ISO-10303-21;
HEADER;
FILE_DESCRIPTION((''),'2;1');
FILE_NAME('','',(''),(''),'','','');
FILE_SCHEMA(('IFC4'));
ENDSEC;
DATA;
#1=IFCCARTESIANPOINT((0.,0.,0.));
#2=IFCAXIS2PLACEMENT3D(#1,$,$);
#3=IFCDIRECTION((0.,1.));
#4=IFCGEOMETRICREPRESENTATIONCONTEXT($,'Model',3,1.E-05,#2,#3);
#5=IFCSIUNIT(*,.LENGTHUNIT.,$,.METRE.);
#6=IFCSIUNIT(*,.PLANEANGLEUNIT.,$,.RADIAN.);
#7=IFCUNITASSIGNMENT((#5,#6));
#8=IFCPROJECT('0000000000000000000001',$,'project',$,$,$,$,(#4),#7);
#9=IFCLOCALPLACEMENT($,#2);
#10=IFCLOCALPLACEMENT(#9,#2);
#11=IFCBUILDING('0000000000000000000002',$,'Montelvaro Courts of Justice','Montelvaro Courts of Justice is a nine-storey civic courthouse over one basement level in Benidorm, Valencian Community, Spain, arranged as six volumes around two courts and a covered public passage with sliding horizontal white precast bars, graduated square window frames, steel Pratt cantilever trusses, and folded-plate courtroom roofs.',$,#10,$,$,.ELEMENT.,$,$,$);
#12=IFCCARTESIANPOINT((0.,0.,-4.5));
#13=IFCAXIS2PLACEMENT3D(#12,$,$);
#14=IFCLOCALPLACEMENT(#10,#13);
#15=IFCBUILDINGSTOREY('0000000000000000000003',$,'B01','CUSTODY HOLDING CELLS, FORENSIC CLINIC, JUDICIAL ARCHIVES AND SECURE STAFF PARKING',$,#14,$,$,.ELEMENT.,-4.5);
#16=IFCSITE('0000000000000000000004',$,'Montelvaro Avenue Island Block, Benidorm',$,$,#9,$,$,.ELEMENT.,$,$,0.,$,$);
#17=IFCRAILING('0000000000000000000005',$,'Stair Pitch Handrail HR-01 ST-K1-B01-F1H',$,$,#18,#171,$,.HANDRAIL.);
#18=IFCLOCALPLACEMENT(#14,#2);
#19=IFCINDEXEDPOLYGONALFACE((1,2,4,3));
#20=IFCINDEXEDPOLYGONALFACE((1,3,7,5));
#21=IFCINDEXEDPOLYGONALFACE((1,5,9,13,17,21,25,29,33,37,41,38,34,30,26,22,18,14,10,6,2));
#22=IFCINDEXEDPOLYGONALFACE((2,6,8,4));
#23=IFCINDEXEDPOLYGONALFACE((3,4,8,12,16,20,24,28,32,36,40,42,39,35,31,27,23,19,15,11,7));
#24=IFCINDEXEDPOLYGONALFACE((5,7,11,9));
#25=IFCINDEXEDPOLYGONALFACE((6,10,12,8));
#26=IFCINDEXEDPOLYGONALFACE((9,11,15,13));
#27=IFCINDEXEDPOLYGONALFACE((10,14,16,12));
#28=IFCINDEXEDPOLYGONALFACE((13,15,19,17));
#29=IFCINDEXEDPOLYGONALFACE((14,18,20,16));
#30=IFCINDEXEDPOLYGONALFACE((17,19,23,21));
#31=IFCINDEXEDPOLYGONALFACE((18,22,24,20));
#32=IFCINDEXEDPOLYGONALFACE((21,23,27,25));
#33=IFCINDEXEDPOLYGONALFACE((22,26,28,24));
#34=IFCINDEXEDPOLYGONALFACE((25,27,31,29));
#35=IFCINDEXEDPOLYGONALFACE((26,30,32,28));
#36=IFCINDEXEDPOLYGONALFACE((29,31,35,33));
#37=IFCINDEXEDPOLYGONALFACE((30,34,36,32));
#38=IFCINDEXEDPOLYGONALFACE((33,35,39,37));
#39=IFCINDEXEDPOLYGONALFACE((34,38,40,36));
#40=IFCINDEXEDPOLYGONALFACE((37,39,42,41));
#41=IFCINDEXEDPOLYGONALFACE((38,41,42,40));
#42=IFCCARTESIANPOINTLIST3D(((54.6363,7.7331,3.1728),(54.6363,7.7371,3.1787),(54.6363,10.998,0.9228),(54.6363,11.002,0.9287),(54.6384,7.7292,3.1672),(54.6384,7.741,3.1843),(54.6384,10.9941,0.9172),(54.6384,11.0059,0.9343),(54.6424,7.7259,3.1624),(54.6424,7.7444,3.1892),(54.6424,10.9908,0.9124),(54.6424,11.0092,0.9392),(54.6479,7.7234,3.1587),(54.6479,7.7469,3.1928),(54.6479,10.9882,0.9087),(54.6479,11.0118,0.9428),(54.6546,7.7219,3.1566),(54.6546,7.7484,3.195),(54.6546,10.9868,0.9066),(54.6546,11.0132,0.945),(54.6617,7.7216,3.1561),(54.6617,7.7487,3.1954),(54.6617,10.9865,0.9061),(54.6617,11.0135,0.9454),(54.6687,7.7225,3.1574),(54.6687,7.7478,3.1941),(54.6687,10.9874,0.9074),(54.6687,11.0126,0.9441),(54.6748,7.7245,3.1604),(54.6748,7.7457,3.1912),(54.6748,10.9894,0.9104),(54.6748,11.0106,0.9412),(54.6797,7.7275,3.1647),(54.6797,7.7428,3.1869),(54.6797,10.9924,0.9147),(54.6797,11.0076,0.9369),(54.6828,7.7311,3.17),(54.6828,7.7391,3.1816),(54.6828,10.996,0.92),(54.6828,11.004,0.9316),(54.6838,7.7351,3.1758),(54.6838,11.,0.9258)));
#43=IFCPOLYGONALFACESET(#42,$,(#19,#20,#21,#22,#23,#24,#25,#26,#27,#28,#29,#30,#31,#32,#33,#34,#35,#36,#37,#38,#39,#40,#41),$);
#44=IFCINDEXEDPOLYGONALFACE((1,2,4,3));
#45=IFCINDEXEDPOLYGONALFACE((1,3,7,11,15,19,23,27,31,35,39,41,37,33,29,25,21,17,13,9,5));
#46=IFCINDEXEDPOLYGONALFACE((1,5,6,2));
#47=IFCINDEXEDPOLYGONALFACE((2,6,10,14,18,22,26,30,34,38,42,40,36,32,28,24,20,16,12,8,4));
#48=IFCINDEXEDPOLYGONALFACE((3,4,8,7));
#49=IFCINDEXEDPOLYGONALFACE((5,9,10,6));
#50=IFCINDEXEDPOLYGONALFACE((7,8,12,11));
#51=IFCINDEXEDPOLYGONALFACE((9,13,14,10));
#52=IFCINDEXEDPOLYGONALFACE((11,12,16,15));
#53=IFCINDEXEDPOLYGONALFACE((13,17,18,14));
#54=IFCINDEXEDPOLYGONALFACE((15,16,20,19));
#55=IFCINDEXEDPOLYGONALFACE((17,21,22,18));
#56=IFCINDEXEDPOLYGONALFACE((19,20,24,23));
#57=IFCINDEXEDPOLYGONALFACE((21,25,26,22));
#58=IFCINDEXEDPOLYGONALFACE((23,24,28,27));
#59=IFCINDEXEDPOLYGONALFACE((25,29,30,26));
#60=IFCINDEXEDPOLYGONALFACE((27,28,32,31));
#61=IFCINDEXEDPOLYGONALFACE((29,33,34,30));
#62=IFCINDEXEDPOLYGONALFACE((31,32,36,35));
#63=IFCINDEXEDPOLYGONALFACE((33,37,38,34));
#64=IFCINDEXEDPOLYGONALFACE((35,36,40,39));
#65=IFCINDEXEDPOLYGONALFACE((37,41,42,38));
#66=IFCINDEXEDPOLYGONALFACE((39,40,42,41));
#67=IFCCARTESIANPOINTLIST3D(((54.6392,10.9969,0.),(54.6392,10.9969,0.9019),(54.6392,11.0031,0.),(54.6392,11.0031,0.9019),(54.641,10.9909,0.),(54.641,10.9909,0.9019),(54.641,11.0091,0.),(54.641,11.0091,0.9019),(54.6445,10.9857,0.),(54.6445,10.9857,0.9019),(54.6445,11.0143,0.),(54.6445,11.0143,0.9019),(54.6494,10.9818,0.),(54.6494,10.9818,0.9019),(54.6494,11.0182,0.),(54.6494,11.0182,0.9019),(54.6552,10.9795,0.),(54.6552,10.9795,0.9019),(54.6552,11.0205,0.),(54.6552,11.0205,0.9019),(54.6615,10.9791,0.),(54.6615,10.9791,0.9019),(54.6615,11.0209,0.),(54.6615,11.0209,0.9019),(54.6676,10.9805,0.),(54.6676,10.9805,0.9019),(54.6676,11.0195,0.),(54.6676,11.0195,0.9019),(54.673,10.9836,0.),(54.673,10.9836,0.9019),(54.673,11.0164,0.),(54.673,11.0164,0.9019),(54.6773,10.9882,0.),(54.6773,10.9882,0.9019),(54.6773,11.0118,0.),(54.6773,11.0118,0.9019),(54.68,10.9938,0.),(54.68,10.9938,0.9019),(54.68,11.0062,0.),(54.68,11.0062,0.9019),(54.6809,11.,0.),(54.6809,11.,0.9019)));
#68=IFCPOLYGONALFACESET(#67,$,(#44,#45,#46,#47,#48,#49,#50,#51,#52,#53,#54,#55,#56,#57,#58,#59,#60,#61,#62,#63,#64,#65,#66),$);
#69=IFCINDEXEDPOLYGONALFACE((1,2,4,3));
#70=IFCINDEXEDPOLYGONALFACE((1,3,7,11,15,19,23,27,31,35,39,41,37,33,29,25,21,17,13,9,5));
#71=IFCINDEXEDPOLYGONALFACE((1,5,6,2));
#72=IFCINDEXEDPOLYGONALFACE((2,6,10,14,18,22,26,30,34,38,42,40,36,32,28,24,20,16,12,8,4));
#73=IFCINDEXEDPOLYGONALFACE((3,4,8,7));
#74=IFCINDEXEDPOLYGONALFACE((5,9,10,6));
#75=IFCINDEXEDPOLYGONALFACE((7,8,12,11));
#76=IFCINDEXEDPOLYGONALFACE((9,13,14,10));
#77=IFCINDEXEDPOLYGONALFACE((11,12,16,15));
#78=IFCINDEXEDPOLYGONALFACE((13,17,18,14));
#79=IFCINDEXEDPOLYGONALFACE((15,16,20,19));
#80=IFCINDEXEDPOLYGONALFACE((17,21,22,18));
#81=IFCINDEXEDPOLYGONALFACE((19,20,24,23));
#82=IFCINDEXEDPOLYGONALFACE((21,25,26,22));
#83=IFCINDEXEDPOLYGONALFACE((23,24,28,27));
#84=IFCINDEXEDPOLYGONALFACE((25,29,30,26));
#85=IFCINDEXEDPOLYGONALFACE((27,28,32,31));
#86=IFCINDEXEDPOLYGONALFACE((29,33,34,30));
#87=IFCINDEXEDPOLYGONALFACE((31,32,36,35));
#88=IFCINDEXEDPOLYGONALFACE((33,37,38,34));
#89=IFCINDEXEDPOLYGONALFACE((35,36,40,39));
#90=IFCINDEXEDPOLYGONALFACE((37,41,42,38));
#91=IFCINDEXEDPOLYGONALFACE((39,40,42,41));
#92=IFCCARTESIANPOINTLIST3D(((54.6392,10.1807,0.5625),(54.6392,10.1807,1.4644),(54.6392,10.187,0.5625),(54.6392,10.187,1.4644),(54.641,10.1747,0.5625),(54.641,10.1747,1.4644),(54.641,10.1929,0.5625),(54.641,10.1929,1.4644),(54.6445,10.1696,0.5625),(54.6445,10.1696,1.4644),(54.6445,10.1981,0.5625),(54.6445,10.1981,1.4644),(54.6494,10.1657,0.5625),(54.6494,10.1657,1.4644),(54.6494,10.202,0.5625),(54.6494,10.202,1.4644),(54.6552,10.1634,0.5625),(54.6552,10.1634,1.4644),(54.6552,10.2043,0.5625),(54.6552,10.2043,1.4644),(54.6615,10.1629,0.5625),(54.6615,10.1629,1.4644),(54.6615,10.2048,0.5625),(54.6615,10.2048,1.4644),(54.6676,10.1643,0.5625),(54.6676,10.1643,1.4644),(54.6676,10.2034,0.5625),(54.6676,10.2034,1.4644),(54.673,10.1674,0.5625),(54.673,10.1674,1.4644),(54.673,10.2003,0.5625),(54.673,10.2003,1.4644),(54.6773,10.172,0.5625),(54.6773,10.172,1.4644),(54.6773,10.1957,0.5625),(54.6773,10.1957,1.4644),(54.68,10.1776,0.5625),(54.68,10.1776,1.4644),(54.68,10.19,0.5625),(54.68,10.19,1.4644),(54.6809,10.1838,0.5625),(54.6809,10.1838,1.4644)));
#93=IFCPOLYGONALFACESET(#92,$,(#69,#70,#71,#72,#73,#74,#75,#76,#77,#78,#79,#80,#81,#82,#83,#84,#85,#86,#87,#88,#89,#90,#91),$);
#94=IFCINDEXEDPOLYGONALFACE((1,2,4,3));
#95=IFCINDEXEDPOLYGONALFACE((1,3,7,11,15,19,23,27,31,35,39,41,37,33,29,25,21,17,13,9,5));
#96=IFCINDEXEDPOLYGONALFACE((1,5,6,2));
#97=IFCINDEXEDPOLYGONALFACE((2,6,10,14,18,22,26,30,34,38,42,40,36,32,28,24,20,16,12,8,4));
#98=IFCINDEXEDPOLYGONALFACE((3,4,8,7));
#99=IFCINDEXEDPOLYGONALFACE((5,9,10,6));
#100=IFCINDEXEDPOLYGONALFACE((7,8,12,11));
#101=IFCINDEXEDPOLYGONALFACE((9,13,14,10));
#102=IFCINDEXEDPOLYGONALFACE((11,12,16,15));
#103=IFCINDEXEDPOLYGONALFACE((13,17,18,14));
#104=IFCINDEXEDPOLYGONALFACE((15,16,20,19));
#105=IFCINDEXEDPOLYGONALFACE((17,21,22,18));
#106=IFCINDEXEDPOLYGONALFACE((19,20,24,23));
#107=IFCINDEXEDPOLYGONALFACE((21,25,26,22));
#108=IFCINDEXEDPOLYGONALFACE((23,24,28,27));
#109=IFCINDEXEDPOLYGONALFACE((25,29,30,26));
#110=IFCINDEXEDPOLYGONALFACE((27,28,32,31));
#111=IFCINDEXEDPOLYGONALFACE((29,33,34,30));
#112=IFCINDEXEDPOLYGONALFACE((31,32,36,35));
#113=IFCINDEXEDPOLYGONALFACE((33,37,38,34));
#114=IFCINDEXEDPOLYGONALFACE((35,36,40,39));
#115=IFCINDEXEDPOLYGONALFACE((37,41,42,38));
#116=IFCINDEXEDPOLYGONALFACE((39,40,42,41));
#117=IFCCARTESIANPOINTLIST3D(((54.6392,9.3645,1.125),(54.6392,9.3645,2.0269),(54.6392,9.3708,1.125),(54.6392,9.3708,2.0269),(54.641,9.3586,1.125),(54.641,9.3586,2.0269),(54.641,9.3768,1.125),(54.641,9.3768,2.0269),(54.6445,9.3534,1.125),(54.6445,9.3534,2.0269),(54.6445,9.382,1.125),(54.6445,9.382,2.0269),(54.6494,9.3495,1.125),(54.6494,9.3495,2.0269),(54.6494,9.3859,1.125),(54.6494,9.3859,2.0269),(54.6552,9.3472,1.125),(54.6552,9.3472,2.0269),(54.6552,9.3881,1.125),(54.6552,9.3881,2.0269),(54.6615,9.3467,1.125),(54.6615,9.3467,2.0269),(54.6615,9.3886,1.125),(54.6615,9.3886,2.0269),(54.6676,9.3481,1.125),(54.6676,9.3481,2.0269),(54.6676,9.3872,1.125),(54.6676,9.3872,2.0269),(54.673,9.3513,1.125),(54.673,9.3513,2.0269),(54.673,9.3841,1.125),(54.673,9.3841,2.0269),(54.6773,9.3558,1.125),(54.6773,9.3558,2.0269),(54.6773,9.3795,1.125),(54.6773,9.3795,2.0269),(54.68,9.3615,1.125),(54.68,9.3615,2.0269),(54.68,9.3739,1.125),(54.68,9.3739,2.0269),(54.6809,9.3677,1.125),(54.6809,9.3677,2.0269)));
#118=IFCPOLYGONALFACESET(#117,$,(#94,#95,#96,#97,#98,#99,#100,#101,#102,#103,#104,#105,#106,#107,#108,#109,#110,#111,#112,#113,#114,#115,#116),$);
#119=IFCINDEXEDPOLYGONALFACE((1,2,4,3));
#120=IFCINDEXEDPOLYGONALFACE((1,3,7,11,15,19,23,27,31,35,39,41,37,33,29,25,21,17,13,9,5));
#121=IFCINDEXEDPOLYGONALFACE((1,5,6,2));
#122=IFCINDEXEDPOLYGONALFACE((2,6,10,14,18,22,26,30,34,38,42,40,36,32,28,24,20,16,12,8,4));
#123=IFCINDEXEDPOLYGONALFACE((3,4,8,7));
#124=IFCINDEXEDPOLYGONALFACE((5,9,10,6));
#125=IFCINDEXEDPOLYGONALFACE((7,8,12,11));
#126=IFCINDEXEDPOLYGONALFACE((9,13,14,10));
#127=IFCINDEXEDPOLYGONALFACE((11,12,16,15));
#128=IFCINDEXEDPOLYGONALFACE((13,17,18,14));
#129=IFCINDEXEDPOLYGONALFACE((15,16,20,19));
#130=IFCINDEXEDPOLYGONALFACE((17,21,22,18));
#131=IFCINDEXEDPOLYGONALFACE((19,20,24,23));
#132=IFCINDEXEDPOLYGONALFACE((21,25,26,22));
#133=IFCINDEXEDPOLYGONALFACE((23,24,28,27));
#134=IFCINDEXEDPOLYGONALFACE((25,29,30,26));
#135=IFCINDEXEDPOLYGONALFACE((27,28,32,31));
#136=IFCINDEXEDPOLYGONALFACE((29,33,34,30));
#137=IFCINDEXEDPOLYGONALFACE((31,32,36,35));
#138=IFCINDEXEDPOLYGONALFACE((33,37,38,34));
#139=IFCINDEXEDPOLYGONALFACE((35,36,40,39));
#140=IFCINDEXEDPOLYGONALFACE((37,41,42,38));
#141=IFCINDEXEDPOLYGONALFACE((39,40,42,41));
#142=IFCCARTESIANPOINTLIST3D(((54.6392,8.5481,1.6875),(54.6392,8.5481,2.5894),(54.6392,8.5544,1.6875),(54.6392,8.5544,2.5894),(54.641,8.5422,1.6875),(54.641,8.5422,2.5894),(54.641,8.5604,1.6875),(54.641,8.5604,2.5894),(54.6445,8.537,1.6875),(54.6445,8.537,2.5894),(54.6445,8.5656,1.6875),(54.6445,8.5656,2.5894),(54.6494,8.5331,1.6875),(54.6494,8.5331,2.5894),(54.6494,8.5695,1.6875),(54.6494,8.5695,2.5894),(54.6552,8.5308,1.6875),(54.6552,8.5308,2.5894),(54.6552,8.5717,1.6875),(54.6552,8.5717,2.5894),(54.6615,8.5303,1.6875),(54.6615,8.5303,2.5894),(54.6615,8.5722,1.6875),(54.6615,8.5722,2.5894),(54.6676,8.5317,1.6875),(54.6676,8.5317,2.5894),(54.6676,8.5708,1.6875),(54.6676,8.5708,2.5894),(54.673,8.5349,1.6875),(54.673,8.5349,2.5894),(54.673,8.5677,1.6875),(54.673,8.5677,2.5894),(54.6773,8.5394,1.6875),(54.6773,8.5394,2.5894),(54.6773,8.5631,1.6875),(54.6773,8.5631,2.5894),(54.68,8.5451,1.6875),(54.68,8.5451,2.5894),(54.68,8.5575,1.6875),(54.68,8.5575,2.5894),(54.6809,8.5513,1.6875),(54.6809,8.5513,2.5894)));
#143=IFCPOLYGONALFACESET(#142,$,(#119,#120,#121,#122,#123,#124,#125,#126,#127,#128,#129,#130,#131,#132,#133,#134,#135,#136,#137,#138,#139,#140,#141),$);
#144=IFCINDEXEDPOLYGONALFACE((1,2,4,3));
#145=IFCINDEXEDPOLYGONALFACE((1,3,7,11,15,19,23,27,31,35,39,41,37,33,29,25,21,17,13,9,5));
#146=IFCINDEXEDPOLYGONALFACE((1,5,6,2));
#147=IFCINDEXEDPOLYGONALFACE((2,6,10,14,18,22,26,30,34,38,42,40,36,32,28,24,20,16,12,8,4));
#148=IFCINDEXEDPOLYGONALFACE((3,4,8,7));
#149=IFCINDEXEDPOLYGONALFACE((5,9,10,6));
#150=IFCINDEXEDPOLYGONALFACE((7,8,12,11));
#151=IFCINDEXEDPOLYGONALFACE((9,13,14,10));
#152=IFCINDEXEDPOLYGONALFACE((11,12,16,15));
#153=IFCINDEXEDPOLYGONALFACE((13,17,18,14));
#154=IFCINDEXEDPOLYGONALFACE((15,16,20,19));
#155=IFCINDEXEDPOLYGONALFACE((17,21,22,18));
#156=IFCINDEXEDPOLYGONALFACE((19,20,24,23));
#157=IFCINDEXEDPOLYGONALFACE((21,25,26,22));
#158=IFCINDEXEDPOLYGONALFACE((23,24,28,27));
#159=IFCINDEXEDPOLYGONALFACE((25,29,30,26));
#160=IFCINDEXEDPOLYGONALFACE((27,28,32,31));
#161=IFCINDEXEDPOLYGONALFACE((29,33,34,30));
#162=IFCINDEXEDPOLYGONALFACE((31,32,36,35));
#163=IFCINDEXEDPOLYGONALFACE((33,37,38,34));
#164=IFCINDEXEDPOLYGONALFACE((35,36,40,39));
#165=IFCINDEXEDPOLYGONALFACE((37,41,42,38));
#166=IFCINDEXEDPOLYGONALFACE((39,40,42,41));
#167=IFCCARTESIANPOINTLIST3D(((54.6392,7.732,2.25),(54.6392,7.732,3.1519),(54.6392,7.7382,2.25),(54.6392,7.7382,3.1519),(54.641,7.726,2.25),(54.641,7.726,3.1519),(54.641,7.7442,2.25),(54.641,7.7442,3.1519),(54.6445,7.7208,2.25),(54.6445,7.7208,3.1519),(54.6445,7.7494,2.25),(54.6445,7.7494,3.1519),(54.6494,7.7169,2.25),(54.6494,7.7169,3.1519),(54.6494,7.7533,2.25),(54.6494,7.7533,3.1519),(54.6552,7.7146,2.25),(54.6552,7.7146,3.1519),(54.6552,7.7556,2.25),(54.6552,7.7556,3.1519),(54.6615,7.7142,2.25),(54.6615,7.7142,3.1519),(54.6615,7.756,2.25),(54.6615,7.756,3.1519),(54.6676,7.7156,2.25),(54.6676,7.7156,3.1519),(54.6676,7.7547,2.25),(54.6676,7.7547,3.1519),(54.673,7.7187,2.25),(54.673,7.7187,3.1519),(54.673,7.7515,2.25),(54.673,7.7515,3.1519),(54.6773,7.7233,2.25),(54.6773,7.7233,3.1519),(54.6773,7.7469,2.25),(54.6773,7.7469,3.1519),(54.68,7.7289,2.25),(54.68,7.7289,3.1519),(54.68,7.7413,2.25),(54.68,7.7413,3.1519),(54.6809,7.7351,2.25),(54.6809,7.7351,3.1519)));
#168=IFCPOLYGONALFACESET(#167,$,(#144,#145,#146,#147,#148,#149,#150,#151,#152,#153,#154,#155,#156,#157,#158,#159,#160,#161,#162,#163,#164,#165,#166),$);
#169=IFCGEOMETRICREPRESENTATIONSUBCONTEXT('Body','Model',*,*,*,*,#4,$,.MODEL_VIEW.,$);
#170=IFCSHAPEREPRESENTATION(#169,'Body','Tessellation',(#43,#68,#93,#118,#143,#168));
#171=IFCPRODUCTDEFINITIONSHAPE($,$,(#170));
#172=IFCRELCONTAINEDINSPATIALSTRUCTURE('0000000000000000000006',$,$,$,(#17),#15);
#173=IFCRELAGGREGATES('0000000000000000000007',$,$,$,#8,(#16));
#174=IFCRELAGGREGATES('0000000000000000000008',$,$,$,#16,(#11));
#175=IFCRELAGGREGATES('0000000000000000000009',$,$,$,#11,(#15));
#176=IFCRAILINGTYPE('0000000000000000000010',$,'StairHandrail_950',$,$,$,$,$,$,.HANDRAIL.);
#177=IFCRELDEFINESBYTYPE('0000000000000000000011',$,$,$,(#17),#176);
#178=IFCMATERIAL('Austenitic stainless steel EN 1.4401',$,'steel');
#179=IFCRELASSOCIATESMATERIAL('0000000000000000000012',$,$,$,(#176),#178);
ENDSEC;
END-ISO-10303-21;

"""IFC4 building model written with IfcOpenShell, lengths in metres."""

from ifc_helpers import new_model, si_unit, direction, frame, origin, origin_2d, place, context, subcontext, project, spatial, circle, extrude, material, type_object, element, save


model = new_model("IFC4")

# Units and contexts
model_context = context("Model", 3, precision=1e-05, world=origin(), true_north=direction((0.0, 1.0)))
body_context = subcontext(model_context, "Body", "Model", "MODEL_VIEW")
ifc_project = project(units=[si_unit("LENGTHUNIT", "METRE"), si_unit("PLANEANGLEUNIT", "RADIAN")], contexts=[model_context])

# Site, building, storey
site_placement = place(None, origin())
site = spatial("IfcSite", under=ifc_project, at=site_placement, Name="Montelvaro Avenue Island Block, Benidorm", CompositionType="ELEMENT", RefElevation=0.0)
building_placement = place(site_placement, origin())
building = spatial("IfcBuilding", under=site, at=building_placement, Name="Montelvaro Courts of Justice", Description="Montelvaro Courts of Justice is a nine-storey civic courthouse over one basement level in Benidorm, Valencian Community, Spain, arranged as six volumes around two courts and a covered public passage with sliding horizontal white precast bars, graduated square window frames, steel Pratt cantilever trusses, and folded-plate courtroom roofs.", CompositionType="ELEMENT")
storey_placement = place(building_placement, frame((0.0, 0.0, -4.5)))
storey = spatial("IfcBuildingStorey", under=building, at=storey_placement, Name="B01", Description="CUSTODY HOLDING CELLS, FORENSIC CLINIC, JUDICIAL ARCHIVES AND SECURE STAFF PARKING", CompositionType="ELEMENT", Elevation=-4.5)

# Railing
ifc_material_1 = material(Name="Austenitic stainless steel EN 1.4401", Category="steel")
railing_type_1 = type_object("IfcRailingType", Name="StairHandrail_950", PredefinedType="HANDRAIL", material=ifc_material_1)
railing_1_placement = place(storey_placement, frame((54.6599, 11.0, 0.0)))
element("IfcRailing", 1, at=railing_1_placement, inside=storey, type_object=railing_type_1, Name="Stair Pitch Handrail HR-01 ST-K1-B01-F1H", PredefinedType="HANDRAIL", context=body_context, shape_type="SweptSolid", body=[
    extrude(circle(Radius=0.0239, at=origin_2d()), frame((0.0, 0.0, 0.9258), z_axis=(0.0, -0.823407, 0.567451), x_axis=(1.0, 0.0, 0.0)), (0.0, 0.0, 1.0), 3.9651),
    extrude(circle(Radius=0.021, at=origin_2d()), origin(), (0.0, 0.0, 1.0), 0.9019),
    extrude(circle(Radius=0.021, at=origin_2d()), frame((0.0, -0.8162, 0.5625)), (0.0, 0.0, 1.0), 0.9019),
    extrude(circle(Radius=0.021, at=origin_2d()), frame((0.0, -1.6323, 1.125)), (0.0, 0.0, 1.0), 0.9019),
    extrude(circle(Radius=0.021, at=origin_2d()), frame((0.0, -2.4487, 1.6875)), (0.0, 0.0, 1.0), 0.9019),
    extrude(circle(Radius=0.021, at=origin_2d()), frame((0.0, -3.2649, 2.25)), (0.0, 0.0, 1.0), 0.9019),
])

save(model, "model.ifc")
